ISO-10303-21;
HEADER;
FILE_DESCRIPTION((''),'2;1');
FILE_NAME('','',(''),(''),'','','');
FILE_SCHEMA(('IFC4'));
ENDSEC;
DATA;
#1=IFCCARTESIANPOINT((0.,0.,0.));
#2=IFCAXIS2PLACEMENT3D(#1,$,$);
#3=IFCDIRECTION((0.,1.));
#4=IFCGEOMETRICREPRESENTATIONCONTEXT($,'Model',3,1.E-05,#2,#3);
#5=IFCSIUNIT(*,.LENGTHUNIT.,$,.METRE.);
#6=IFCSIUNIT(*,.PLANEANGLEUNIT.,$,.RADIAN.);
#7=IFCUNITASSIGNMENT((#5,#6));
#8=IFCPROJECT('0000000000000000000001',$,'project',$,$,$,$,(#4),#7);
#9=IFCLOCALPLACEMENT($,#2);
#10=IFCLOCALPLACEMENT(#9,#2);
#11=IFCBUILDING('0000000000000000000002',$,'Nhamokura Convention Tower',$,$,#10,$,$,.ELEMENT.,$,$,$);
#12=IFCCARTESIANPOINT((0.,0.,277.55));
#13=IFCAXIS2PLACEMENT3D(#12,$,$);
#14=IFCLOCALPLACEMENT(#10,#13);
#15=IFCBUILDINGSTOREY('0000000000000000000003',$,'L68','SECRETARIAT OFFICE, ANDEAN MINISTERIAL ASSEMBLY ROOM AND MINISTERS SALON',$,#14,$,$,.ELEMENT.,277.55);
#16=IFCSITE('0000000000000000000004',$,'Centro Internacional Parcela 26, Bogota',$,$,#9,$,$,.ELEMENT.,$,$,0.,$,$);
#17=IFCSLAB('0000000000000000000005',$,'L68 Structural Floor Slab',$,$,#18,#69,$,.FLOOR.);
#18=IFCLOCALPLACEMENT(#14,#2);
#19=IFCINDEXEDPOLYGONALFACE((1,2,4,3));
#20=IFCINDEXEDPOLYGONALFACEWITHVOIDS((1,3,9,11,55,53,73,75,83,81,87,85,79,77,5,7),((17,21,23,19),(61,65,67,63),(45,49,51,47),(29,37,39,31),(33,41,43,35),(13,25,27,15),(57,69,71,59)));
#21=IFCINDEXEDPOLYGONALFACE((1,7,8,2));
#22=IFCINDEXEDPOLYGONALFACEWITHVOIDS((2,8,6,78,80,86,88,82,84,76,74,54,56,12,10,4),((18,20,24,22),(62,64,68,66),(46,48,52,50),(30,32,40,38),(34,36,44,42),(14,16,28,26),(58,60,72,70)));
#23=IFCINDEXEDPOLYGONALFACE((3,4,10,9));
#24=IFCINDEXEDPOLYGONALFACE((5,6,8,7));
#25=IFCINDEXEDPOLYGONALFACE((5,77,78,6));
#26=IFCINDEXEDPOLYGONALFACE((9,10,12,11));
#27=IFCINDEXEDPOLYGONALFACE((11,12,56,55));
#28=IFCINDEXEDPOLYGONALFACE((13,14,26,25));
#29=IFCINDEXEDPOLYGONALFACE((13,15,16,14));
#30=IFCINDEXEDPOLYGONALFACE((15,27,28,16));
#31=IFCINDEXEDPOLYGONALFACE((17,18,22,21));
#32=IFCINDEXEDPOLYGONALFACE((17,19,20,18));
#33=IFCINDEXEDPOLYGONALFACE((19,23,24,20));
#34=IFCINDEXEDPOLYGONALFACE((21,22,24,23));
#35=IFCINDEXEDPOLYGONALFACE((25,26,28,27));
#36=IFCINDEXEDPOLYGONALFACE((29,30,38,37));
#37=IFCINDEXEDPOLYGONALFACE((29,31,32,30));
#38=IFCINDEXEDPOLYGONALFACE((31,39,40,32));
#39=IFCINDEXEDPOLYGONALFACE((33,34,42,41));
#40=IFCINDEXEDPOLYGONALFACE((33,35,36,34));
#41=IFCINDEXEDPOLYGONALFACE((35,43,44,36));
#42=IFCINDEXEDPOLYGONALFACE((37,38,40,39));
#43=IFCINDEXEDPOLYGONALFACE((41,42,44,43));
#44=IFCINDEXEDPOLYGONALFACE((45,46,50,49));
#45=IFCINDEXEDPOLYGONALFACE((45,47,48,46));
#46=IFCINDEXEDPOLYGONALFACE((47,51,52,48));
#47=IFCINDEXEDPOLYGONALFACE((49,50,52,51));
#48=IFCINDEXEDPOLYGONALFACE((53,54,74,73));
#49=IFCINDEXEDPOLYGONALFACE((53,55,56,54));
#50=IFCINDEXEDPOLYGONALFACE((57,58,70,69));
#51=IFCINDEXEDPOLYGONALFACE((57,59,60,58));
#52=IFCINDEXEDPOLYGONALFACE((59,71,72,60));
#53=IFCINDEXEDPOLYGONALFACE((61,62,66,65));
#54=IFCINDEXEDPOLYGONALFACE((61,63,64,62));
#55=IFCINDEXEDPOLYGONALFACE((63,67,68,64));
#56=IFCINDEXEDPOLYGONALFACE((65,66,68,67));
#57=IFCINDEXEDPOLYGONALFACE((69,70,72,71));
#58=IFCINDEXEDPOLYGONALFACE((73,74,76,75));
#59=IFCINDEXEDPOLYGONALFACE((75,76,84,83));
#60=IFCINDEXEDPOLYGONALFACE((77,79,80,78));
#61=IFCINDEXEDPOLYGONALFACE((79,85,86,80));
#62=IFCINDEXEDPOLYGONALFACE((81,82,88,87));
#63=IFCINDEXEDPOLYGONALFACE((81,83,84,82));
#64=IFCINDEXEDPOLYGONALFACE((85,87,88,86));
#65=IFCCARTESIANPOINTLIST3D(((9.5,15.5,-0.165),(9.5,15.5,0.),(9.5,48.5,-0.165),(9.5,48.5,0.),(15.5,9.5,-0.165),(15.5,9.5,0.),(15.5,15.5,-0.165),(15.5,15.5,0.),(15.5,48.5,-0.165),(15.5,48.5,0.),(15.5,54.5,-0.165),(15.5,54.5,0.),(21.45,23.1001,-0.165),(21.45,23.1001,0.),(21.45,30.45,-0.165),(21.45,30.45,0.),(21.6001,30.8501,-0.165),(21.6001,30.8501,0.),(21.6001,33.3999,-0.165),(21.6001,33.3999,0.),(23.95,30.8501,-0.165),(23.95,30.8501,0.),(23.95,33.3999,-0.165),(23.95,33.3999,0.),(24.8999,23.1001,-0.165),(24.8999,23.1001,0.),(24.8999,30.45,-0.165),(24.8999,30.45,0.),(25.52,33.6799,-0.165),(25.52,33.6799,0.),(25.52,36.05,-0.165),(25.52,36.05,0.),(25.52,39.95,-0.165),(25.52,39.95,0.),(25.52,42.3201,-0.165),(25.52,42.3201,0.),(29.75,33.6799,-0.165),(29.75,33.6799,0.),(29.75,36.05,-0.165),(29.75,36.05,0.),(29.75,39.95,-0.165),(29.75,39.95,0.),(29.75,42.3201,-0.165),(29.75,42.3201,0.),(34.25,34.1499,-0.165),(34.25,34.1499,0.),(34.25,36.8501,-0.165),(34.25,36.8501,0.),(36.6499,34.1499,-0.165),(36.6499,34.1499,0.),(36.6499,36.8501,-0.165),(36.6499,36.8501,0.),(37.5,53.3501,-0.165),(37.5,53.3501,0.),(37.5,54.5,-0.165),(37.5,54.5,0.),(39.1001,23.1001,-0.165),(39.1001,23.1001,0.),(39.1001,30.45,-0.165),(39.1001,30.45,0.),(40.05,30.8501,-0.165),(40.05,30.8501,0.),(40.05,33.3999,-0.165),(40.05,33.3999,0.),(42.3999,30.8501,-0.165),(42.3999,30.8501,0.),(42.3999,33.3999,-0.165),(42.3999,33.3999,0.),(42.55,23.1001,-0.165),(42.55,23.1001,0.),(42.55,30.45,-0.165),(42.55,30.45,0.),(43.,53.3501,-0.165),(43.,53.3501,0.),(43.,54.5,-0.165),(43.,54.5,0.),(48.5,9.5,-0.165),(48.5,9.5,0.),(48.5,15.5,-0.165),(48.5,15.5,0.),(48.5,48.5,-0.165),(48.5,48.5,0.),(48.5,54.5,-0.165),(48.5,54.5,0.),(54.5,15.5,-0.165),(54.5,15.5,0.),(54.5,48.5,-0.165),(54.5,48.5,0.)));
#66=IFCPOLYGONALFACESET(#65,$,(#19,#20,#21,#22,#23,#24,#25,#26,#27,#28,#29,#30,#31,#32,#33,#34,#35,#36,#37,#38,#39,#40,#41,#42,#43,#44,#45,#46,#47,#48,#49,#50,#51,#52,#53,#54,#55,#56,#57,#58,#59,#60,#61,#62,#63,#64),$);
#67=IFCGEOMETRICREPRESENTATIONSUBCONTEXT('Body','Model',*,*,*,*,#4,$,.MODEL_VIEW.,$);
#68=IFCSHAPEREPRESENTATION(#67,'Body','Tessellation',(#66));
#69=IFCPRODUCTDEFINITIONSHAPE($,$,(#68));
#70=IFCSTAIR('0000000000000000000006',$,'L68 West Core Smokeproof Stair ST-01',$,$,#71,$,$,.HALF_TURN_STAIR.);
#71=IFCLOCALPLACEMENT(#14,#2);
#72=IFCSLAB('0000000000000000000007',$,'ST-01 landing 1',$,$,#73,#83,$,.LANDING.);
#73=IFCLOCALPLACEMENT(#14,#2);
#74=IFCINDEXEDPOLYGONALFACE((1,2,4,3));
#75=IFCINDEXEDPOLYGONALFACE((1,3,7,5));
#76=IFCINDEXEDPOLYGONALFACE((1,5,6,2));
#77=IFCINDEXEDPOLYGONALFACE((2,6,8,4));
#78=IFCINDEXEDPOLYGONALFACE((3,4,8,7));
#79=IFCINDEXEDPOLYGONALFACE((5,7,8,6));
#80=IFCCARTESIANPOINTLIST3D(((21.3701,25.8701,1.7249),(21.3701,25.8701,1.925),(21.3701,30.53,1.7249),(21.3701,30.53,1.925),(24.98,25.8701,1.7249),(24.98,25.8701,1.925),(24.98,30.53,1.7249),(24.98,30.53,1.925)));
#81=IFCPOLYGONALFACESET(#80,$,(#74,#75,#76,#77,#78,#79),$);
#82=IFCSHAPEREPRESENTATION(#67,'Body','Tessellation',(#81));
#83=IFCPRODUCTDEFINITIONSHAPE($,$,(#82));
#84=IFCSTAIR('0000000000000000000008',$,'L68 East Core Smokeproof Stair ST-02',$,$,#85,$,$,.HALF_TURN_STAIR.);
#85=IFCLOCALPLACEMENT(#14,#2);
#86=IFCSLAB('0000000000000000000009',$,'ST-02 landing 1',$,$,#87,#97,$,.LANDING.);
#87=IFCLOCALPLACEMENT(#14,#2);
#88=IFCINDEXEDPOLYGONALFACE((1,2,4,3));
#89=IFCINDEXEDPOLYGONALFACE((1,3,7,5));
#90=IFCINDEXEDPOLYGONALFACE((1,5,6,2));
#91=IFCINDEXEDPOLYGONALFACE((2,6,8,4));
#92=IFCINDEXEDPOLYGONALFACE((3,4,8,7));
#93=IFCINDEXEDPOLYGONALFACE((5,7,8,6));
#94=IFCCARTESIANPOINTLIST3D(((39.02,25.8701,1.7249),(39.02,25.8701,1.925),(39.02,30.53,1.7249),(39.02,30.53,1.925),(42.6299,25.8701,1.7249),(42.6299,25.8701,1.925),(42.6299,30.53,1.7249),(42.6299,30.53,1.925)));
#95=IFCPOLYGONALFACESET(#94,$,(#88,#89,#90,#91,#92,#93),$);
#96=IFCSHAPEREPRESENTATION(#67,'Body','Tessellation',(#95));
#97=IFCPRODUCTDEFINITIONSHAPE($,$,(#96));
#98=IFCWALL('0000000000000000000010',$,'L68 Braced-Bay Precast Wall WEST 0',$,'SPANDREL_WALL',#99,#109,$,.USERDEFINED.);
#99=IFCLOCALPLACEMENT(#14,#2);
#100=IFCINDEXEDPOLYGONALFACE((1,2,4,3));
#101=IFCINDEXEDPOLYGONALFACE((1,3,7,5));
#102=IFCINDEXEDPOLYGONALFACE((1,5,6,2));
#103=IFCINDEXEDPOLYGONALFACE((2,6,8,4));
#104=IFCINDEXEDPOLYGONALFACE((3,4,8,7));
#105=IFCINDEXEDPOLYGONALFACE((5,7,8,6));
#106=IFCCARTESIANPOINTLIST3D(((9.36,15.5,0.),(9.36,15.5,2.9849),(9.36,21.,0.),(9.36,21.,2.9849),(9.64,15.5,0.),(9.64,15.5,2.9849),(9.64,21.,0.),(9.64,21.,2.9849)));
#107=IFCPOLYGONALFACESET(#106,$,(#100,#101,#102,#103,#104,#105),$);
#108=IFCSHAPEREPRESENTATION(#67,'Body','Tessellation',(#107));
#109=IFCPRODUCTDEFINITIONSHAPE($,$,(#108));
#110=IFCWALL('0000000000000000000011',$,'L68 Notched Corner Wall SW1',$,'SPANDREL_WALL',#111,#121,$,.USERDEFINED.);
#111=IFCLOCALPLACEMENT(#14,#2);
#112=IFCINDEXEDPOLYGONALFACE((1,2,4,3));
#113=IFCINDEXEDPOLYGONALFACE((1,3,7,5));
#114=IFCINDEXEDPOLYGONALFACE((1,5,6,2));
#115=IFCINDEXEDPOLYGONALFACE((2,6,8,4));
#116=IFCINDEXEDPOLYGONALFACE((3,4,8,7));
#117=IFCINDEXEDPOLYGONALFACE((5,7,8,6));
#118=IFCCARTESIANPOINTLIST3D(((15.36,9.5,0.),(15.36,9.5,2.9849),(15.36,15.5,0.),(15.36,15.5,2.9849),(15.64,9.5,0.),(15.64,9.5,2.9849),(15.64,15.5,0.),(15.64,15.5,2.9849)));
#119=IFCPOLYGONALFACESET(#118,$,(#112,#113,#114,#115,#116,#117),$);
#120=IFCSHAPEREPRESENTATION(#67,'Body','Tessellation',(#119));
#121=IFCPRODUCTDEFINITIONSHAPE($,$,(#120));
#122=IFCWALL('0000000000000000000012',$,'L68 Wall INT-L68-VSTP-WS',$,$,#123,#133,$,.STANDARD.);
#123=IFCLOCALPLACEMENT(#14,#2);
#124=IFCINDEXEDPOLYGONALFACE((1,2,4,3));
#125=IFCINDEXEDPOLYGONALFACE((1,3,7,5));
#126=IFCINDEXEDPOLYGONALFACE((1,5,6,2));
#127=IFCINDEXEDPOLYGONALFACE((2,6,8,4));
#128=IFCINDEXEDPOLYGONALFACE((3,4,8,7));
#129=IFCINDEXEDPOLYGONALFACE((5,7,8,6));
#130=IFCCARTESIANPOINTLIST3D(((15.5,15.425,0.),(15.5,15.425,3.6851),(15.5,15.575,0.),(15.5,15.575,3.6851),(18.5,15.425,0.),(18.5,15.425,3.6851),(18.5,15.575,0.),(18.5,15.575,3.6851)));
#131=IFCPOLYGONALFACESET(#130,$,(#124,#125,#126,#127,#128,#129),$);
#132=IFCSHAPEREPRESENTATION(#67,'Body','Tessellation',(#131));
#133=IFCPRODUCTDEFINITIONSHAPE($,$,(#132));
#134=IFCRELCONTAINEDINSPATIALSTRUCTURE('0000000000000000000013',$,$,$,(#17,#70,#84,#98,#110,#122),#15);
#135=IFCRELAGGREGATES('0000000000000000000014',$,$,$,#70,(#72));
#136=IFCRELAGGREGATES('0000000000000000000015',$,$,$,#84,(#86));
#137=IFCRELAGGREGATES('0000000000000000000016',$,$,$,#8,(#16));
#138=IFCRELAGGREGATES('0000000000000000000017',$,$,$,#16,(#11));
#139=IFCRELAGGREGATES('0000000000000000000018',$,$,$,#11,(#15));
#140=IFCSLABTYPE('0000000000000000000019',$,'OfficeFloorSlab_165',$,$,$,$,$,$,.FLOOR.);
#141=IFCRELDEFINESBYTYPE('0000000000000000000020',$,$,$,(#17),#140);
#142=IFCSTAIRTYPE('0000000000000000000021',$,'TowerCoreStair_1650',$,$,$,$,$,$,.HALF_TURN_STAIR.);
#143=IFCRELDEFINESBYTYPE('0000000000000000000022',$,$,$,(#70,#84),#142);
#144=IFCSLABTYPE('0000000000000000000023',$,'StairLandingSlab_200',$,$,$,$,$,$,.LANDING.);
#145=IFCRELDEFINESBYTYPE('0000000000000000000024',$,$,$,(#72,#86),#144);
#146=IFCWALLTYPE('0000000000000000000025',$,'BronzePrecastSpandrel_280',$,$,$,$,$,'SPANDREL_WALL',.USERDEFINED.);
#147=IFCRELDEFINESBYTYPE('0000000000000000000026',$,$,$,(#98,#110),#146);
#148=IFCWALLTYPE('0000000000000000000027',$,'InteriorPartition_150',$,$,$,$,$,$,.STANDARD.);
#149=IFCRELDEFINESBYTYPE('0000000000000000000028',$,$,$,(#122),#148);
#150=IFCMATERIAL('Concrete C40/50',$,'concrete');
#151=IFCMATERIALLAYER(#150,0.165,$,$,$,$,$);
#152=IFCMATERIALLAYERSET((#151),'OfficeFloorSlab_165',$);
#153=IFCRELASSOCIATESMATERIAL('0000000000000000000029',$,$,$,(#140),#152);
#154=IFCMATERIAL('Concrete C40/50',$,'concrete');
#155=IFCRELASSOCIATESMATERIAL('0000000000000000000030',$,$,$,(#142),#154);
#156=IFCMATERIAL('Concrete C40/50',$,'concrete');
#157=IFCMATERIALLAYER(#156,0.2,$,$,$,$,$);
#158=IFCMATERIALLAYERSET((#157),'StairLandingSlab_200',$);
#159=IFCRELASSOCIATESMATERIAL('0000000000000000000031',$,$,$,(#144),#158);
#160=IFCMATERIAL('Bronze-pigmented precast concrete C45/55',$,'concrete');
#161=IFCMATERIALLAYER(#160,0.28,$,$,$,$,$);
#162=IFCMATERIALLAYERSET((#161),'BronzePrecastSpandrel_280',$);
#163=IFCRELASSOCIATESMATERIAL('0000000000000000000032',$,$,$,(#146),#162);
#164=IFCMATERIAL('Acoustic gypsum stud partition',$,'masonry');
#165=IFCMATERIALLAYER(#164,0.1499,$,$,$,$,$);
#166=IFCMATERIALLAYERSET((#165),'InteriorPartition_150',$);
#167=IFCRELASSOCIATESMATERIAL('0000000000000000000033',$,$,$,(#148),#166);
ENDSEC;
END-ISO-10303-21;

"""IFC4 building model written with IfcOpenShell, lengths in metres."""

from ifc_helpers import new_model, si_unit, direction, frame, frame_2d, origin, place, context, subcontext, project, spatial, polyline, rectangle, outline, extrude, material, layer, layer_set, type_object, element, aggregate, save


model = new_model("IFC4")

# Units and contexts
model_context = context("Model", 3, precision=1e-05, world=origin(), true_north=direction((0.0, 1.0)))
body_context = subcontext(model_context, "Body", "Model", "MODEL_VIEW")
ifc_project = project(units=[si_unit("LENGTHUNIT", "METRE"), si_unit("PLANEANGLEUNIT", "RADIAN")], contexts=[model_context])

# Site, building, storey
site_placement = place(None, origin())
site = spatial("IfcSite", under=ifc_project, at=site_placement, Name="Centro Internacional Parcela 26, Bogota", CompositionType="ELEMENT", RefElevation=0.0)
building_placement = place(site_placement, origin())
building = spatial("IfcBuilding", under=site, at=building_placement, Name="Nhamokura Convention Tower", CompositionType="ELEMENT")
storey_placement = place(building_placement, frame((0.0, 0.0, 277.55)))
storey = spatial("IfcBuildingStorey", under=building, at=storey_placement, Name="L68", Description="SECRETARIAT OFFICE, ANDEAN MINISTERIAL ASSEMBLY ROOM AND MINISTERS SALON", CompositionType="ELEMENT", Elevation=277.55)

# Slab
ifc_material_1 = material(Name="Concrete C40/50", Category="concrete")
ifc_layer_1 = layer(ifc_material_1, 0.165)
ifc_layer_set_1 = layer_set([ifc_layer_1], Name="OfficeFloorSlab_165")
slab_type_1 = type_object("IfcSlabType", Name="OfficeFloorSlab_165", PredefinedType="FLOOR", material=ifc_layer_set_1)
slab_1_placement = place(storey_placement, frame((0.0, 0.0, -0.165)))
element("IfcSlab", 1, at=slab_1_placement, inside=storey, type_object=slab_type_1, Name="L68 Structural Floor Slab", PredefinedType="FLOOR", context=body_context, shape_type="SweptSolid", body=[
    extrude(outline(polyline([(15.5, 9.5), (48.5, 9.5), (48.5, 15.5), (54.5, 15.5), (54.5, 48.5), (48.5, 48.5), (48.5, 54.5), (43.0, 54.5), (43.0, 53.3501), (37.5, 53.3501), (37.5, 54.5), (15.5, 54.5), (15.5, 48.5), (9.5, 48.5), (9.5, 15.5), (15.5, 15.5), (15.5, 9.5)]), holes=[polyline([(24.8999, 23.1001), (24.8999, 30.45), (21.45, 30.45), (21.45, 23.1001), (24.8999, 23.1001)]), polyline([(42.55, 23.1001), (42.55, 30.45), (39.1001, 30.45), (39.1001, 23.1001), (42.55, 23.1001)]), polyline([(21.6001, 30.8501), (23.95, 30.8501), (23.95, 33.3999), (21.6001, 33.3999), (21.6001, 30.8501)]), polyline([(40.05, 30.8501), (42.3999, 30.8501), (42.3999, 33.3999), (40.05, 33.3999), (40.05, 30.8501)]), polyline([(34.25, 34.1499), (36.6499, 34.1499), (36.6499, 36.8501), (34.25, 36.8501), (34.25, 34.1499)]), polyline([(25.52, 33.6799), (29.75, 33.6799), (29.75, 36.05), (25.52, 36.05), (25.52, 33.6799)]), polyline([(25.52, 39.95), (29.75, 39.95), (29.75, 42.3201), (25.52, 42.3201), (25.52, 39.95)])]), origin(), (0.0, 0.0, 1.0), 0.165),
])

# Stairs, slabs
ifc_material_2 = material(Name="Concrete C40/50", Category="concrete")
stair_type = type_object("IfcStairType", Name="TowerCoreStair_1650", PredefinedType="HALF_TURN_STAIR", material=ifc_material_2)
stair_1_placement = place(storey_placement, origin())
stair_1 = element("IfcStair", 2, at=stair_1_placement, inside=storey, type_object=stair_type, Name="L68 West Core Smokeproof Stair ST-01", PredefinedType="HALF_TURN_STAIR")
ifc_material_3 = material(Name="Concrete C40/50", Category="concrete")
ifc_layer_2 = layer(ifc_material_3, 0.2)
ifc_layer_set_2 = layer_set([ifc_layer_2], Name="StairLandingSlab_200")
slab_type_2 = type_object("IfcSlabType", Name="StairLandingSlab_200", PredefinedType="LANDING", material=ifc_layer_set_2)
slab_2_placement = place(storey_placement, frame((0.0, 0.0, 1.7249)))
slab_2 = element("IfcSlab", 3, at=slab_2_placement, type_object=slab_type_2, Name="ST-01 landing 1", PredefinedType="LANDING", context=body_context, shape_type="SweptSolid", body=[
    extrude(outline(polyline([(24.98, 25.8701), (24.98, 30.53), (21.3701, 30.53), (21.3701, 25.8701), (24.98, 25.8701)])), origin(), (0.0, 0.0, 1.0), 0.2002),
])
aggregate(stair_1, [slab_2])
stair_2_placement = place(storey_placement, origin())
stair_2 = element("IfcStair", 4, at=stair_2_placement, inside=storey, type_object=stair_type, Name="L68 East Core Smokeproof Stair ST-02", PredefinedType="HALF_TURN_STAIR")
slab_3_placement = place(storey_placement, frame((0.0, 0.0, 1.7249)))
slab_3 = element("IfcSlab", 5, at=slab_3_placement, type_object=slab_type_2, Name="ST-02 landing 1", PredefinedType="LANDING", context=body_context, shape_type="SweptSolid", body=[
    extrude(outline(polyline([(42.6299, 25.8701), (42.6299, 30.53), (39.02, 30.53), (39.02, 25.8701), (42.6299, 25.8701)])), origin(), (0.0, 0.0, 1.0), 0.2002),
])
aggregate(stair_2, [slab_3])

# Walls
ifc_material_4 = material(Name="Bronze-pigmented precast concrete C45/55", Category="concrete")
ifc_layer_3 = layer(ifc_material_4, 0.28)
ifc_layer_set_3 = layer_set([ifc_layer_3], Name="BronzePrecastSpandrel_280")
wall_type_1 = type_object("IfcWallType", Name="BronzePrecastSpandrel_280", ElementType="SPANDREL_WALL", PredefinedType="USERDEFINED", material=ifc_layer_set_3)
wall_1_placement = place(storey_placement, frame((9.5, 15.5, 0.0), z_axis=(0.0, 0.0, 1.0), x_axis=(0.0, 1.0, 0.0)))
element("IfcWall", 6, at=wall_1_placement, inside=storey, type_object=wall_type_1, Name="L68 Braced-Bay Precast Wall WEST 0", ObjectType="SPANDREL_WALL", PredefinedType="USERDEFINED", context=body_context, shape_type="SweptSolid", body=[
    extrude(rectangle(XDim=5.5, YDim=0.28, at=frame_2d((2.75, 0.0))), origin(), (0.0, 0.0, 1.0), 2.9849),
])
wall_2_placement = place(storey_placement, frame((15.5, 9.5, 0.0), z_axis=(0.0, 0.0, 1.0), x_axis=(0.0, 1.0, 0.0)))
element("IfcWall", 7, at=wall_2_placement, inside=storey, type_object=wall_type_1, Name="L68 Notched Corner Wall SW1", ObjectType="SPANDREL_WALL", PredefinedType="USERDEFINED", context=body_context, shape_type="SweptSolid", body=[
    extrude(rectangle(XDim=6.0, YDim=0.28, at=frame_2d((3.0, 0.0))), origin(), (0.0, 0.0, 1.0), 2.9849),
])
ifc_material_5 = material(Name="Acoustic gypsum stud partition", Category="masonry")
ifc_layer_4 = layer(ifc_material_5, 0.1499)
ifc_layer_set_4 = layer_set([ifc_layer_4], Name="InteriorPartition_150")
wall_type_2 = type_object("IfcWallType", Name="InteriorPartition_150", PredefinedType="STANDARD", material=ifc_layer_set_4)
wall_3_placement = place(storey_placement, frame((15.5, 15.5, 0.0), z_axis=(0.0, 0.0, 1.0), x_axis=(1.0, 0.0, 0.0)))
element("IfcWall", 8, at=wall_3_placement, inside=storey, type_object=wall_type_2, Name="L68 Wall INT-L68-VSTP-WS", PredefinedType="STANDARD", context=body_context, shape_type="SweptSolid", body=[
    extrude(rectangle(XDim=3.0, YDim=0.1499, at=frame_2d((1.5, 0.0))), origin(), (0.0, 0.0, 1.0), 3.6851),
])

save(model, "model.ifc")
